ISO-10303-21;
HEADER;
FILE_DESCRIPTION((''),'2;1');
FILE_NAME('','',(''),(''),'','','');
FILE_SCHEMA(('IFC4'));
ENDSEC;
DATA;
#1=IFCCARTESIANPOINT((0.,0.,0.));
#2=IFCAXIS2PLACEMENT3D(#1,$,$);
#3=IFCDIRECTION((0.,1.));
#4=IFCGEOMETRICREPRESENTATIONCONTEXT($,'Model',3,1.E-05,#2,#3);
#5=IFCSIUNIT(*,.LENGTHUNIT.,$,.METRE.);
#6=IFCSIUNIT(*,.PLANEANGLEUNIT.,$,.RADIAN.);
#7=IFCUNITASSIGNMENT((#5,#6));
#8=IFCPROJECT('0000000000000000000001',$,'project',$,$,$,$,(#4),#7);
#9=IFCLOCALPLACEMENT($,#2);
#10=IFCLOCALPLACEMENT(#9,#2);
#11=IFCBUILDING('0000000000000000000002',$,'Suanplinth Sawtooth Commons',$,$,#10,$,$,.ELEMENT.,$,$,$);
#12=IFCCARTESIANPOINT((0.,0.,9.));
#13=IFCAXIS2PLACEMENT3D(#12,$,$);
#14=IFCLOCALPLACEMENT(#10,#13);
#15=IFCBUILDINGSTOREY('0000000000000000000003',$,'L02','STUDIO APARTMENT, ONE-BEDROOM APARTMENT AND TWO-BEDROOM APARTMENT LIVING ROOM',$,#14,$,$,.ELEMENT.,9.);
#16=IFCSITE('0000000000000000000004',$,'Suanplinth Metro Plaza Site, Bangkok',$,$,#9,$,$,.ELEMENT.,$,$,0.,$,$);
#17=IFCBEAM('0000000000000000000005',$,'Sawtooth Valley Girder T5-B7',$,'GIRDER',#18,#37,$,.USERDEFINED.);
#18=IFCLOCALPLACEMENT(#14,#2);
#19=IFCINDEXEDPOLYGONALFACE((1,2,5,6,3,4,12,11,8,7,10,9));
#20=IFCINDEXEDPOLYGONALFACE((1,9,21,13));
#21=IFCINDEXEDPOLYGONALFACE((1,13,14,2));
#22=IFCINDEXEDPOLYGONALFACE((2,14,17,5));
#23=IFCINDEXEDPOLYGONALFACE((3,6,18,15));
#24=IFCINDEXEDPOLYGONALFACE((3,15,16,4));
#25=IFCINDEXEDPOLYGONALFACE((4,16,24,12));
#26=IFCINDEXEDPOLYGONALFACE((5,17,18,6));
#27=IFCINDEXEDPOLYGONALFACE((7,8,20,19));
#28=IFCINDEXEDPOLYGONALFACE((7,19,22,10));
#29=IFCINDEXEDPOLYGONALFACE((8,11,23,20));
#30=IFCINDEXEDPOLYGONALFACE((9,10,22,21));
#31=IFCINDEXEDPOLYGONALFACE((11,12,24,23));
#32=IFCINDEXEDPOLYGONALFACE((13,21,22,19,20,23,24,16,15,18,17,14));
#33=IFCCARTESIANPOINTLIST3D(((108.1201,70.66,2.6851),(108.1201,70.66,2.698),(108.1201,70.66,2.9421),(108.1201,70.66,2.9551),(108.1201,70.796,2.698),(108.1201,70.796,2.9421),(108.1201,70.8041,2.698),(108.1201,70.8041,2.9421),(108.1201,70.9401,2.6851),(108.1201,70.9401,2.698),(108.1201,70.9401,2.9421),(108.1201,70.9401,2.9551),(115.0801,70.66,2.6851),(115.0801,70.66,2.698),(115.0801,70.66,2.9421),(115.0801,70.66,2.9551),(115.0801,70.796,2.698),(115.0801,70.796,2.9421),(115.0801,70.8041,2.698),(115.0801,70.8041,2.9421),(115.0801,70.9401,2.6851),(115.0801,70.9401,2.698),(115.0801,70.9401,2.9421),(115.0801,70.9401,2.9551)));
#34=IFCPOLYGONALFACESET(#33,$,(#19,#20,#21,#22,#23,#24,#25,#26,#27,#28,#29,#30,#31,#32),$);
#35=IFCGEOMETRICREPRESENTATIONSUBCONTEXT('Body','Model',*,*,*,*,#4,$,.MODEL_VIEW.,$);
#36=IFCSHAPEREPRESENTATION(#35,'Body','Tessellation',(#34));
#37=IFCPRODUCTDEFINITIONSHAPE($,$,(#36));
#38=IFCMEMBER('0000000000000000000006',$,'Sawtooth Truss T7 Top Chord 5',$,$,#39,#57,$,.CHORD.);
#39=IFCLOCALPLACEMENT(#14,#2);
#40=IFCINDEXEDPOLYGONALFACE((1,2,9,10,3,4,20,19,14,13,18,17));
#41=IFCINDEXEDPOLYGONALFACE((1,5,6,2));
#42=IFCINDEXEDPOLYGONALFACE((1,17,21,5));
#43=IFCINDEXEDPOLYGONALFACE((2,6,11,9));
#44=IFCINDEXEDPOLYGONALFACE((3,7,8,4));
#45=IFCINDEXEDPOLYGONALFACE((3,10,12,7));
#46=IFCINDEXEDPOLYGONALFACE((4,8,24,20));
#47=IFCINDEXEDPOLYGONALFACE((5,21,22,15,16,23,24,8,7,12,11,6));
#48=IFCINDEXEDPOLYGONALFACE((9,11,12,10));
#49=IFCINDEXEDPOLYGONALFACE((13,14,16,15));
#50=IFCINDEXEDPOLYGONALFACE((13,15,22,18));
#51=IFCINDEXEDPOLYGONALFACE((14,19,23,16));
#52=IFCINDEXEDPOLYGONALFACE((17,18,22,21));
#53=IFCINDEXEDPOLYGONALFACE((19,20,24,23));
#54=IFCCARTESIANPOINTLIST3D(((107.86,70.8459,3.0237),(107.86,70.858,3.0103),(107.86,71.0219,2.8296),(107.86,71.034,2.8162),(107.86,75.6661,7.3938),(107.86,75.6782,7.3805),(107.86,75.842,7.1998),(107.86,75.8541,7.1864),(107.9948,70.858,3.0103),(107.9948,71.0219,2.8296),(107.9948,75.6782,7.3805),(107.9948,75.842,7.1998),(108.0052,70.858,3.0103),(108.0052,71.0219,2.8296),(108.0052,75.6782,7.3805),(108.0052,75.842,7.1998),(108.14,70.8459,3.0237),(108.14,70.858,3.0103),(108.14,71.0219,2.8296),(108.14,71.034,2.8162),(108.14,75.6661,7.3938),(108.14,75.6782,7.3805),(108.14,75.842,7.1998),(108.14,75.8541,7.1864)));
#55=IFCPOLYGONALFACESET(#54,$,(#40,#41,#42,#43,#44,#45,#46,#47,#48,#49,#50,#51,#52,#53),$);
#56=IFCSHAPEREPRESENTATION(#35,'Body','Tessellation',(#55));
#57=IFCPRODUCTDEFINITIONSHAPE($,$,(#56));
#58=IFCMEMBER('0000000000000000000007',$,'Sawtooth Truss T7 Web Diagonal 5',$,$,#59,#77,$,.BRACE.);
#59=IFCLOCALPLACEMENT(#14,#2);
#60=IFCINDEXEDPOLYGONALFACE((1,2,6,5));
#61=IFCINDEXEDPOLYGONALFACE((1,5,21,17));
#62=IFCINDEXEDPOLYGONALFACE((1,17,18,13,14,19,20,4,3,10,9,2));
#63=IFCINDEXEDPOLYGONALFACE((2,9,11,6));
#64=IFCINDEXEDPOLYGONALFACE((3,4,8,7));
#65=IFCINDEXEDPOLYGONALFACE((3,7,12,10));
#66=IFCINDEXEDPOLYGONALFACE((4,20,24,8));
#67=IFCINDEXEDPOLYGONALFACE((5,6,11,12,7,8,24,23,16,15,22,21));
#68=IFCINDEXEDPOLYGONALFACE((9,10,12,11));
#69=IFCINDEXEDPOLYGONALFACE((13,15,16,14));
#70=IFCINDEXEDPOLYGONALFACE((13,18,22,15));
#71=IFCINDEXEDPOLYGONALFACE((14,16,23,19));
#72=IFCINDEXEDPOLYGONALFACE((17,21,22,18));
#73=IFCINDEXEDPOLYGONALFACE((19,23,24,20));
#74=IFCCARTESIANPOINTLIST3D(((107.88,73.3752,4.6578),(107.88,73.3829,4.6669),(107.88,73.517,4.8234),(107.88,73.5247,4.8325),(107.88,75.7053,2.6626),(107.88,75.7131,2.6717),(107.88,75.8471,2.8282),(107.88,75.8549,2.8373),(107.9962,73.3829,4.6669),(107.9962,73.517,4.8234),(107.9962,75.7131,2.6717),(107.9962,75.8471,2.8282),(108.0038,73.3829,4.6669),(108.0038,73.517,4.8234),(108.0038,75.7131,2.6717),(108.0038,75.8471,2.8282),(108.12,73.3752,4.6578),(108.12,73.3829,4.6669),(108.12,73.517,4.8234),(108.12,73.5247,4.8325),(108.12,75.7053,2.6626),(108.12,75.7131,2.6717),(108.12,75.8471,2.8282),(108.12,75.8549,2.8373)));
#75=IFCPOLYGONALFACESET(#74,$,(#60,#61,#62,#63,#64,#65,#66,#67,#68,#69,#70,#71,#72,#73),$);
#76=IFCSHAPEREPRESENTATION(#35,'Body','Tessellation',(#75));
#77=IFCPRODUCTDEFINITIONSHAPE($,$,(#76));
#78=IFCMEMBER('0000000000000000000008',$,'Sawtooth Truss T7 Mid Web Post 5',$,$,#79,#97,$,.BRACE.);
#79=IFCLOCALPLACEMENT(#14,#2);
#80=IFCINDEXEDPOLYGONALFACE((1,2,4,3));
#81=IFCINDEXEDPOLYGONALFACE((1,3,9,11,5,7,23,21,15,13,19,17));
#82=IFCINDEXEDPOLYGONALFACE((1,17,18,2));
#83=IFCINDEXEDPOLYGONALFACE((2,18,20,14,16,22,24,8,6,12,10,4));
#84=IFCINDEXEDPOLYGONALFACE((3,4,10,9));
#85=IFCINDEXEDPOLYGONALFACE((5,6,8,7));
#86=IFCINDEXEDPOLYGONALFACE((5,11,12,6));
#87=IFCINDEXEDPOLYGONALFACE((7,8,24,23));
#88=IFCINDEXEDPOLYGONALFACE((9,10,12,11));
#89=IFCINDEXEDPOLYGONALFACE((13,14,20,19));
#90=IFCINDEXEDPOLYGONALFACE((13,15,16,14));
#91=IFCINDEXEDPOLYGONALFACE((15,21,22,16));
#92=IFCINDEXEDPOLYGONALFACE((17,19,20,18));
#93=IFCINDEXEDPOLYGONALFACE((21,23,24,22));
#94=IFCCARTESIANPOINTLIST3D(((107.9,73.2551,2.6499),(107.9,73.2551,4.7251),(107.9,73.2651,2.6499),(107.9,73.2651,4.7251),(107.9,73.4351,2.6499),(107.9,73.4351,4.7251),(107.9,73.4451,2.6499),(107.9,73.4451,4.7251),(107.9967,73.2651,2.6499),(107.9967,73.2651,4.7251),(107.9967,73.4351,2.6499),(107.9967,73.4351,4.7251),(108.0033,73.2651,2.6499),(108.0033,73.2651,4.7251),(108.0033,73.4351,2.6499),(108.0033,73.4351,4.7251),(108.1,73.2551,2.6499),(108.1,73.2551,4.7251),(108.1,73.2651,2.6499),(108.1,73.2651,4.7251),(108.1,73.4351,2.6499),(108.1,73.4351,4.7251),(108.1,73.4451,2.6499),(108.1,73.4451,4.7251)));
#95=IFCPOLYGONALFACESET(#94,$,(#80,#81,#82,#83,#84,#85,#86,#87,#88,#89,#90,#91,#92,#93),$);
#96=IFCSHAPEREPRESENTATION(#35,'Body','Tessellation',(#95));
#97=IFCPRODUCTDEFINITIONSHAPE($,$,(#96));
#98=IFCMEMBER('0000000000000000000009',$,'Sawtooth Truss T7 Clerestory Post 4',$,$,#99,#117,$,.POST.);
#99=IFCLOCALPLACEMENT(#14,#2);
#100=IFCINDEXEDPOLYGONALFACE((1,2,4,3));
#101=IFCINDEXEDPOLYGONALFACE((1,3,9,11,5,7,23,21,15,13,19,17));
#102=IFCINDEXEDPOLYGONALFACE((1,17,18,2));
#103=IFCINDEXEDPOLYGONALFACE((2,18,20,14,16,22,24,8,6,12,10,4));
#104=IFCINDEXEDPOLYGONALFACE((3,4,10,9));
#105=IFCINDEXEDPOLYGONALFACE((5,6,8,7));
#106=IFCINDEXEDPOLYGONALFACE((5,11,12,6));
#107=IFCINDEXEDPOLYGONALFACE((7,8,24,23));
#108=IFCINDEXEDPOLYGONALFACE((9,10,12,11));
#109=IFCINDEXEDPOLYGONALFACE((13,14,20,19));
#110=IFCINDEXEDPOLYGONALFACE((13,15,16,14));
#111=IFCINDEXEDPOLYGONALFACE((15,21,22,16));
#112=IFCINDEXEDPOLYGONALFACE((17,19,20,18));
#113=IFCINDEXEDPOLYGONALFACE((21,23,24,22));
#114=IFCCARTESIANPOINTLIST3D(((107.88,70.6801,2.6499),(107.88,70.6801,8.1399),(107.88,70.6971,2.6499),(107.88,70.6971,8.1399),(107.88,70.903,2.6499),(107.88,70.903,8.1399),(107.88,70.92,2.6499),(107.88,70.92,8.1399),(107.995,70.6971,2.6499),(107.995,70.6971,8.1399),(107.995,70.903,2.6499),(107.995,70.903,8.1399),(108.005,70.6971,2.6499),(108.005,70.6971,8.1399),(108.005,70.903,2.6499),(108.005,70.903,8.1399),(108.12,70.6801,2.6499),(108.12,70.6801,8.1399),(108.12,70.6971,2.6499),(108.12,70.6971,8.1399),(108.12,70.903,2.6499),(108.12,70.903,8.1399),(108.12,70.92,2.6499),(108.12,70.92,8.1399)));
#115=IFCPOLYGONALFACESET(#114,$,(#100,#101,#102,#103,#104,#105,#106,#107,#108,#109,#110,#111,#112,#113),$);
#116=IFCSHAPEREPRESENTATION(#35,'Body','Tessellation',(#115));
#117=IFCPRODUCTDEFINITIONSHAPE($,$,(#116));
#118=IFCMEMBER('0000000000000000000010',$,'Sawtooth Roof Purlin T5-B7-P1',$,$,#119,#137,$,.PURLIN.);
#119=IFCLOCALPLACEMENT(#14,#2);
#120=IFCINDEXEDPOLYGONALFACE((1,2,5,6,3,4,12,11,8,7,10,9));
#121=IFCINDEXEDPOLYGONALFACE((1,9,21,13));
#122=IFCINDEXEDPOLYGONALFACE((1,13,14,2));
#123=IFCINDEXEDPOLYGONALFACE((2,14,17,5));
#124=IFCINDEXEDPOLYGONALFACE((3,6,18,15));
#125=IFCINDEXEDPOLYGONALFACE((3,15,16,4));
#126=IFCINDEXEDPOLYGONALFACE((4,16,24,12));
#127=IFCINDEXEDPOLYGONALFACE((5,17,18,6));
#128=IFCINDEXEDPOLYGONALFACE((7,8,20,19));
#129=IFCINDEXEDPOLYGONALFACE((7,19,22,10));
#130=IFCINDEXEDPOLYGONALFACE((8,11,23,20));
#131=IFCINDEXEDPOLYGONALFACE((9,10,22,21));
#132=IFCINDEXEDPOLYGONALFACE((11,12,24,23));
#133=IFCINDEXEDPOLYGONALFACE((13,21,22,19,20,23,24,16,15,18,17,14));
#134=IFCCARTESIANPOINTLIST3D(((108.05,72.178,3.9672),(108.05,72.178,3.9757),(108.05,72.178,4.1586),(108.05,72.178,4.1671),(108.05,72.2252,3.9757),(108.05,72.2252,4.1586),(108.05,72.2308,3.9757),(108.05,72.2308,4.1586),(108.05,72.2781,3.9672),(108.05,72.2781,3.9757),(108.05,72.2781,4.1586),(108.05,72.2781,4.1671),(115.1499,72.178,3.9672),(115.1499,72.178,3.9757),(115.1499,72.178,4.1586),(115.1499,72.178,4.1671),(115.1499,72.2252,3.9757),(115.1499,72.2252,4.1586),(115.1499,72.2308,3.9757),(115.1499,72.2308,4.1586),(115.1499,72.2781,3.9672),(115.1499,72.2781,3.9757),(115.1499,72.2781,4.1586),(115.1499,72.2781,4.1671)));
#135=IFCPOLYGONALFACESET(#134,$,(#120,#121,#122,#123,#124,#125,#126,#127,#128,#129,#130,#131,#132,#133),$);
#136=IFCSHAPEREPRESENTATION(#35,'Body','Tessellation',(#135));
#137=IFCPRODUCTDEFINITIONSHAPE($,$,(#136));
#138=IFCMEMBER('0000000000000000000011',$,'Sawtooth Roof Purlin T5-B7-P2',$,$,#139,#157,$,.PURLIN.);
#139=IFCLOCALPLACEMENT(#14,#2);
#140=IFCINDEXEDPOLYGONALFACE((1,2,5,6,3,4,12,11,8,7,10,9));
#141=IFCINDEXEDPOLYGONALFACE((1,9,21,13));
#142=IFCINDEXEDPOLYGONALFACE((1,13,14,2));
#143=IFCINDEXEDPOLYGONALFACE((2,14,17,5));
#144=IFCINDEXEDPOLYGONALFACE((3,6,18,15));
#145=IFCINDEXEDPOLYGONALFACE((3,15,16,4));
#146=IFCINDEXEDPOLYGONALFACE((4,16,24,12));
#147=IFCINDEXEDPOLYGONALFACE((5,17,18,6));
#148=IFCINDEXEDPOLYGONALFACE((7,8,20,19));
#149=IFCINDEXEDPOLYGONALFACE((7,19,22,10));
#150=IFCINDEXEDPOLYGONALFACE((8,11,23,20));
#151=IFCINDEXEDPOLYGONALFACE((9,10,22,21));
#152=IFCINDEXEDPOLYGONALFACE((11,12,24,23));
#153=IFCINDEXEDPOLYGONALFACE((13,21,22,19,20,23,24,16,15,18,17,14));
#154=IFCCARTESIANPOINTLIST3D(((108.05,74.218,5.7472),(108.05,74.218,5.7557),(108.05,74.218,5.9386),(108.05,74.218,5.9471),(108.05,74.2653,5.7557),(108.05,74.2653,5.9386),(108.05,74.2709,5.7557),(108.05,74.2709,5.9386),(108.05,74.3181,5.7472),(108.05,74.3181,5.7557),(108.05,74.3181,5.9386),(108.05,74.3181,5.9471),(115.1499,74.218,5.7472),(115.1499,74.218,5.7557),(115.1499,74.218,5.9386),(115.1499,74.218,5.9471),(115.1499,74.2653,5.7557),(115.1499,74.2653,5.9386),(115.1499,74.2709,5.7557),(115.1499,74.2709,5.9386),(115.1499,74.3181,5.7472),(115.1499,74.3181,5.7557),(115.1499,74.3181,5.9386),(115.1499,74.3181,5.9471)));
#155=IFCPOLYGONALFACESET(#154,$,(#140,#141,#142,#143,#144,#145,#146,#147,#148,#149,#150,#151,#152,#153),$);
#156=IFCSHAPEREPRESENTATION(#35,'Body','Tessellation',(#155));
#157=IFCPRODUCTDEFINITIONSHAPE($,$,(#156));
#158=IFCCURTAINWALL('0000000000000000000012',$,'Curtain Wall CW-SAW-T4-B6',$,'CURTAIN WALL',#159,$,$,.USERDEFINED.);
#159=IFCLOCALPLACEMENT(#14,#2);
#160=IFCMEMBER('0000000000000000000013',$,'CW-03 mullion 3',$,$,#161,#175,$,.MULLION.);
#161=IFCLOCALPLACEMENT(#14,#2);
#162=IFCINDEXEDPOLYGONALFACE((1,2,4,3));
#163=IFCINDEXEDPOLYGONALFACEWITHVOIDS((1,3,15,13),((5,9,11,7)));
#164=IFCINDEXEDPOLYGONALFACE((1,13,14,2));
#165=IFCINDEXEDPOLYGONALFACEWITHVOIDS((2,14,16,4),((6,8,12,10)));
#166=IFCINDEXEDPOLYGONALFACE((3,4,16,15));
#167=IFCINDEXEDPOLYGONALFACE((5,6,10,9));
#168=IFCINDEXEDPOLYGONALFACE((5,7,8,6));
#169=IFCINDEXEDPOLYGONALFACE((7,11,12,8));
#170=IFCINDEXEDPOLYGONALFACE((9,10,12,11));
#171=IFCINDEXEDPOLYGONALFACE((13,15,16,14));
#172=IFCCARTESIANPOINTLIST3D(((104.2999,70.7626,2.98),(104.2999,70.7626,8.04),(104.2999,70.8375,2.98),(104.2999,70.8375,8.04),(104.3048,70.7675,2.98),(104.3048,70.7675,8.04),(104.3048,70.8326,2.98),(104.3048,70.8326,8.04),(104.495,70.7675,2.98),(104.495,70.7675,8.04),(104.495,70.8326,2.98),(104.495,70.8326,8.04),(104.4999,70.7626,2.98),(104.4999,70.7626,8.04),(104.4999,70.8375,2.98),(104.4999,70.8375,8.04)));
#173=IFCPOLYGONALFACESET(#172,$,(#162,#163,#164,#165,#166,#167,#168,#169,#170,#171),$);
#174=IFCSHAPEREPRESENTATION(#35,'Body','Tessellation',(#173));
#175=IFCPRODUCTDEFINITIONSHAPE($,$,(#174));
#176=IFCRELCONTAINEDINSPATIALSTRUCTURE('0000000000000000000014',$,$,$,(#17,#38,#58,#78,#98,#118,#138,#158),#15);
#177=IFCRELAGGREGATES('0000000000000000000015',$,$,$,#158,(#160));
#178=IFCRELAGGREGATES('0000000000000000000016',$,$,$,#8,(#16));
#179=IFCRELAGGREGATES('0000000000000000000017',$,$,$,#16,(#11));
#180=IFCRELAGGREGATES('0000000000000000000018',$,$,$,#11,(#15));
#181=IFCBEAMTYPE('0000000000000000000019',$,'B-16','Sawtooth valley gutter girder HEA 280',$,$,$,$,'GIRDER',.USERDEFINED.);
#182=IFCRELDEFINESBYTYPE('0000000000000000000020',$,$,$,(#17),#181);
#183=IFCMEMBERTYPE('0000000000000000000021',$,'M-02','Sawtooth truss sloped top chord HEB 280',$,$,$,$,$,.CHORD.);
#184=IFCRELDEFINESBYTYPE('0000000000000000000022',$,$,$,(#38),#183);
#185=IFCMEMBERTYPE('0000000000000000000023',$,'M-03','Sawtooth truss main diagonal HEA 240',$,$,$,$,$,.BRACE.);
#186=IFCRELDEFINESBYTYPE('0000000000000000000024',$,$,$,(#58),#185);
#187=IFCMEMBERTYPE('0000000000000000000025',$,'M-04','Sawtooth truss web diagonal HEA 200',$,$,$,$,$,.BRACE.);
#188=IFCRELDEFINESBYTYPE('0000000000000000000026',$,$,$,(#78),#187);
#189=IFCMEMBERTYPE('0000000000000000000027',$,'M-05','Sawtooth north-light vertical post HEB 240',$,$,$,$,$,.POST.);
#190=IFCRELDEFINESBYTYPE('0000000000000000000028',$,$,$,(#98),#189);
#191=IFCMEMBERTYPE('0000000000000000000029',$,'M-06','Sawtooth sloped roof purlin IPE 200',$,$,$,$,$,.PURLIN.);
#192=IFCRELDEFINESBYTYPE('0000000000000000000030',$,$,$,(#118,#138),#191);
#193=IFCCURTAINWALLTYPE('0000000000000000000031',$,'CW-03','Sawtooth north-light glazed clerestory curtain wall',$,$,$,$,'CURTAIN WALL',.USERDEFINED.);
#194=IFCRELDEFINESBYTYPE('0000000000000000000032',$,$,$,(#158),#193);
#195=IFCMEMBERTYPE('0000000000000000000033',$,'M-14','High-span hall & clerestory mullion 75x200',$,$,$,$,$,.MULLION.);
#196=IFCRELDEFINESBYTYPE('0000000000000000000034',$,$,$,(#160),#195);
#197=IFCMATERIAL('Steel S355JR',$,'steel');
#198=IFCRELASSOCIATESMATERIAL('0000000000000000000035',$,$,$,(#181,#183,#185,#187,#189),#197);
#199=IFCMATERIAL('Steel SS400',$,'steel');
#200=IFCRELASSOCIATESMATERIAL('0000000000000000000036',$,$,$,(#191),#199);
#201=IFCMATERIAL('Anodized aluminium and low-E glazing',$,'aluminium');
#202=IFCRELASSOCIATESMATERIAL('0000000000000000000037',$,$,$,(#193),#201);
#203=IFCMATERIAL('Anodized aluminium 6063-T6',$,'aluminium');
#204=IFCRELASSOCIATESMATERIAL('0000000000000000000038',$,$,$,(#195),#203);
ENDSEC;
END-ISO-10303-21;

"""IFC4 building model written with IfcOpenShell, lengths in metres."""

from ifc_helpers import new_model, si_unit, direction, frame, origin, origin_2d, place, context, subcontext, project, spatial, hollow_rectangle, i_section, extrude, material, material_profile, profile_set, type_object, element, aggregate, save


model = new_model("IFC4")

# Units and contexts
model_context = context("Model", 3, precision=1e-05, world=origin(), true_north=direction((0.0, 1.0)))
body_context = subcontext(model_context, "Body", "Model", "MODEL_VIEW")
ifc_project = project(units=[si_unit("LENGTHUNIT", "METRE"), si_unit("PLANEANGLEUNIT", "RADIAN")], contexts=[model_context])

# Site, building, storey
site_placement = place(None, origin())
site = spatial("IfcSite", under=ifc_project, at=site_placement, Name="Suanplinth Metro Plaza Site, Bangkok", CompositionType="ELEMENT", RefElevation=0.0)
building_placement = place(site_placement, origin())
building = spatial("IfcBuilding", under=site, at=building_placement, Name="Suanplinth Sawtooth Commons", CompositionType="ELEMENT")
storey_placement = place(building_placement, frame((0.0, 0.0, 9.0)))
storey = spatial("IfcBuildingStorey", under=building, at=storey_placement, Name="L02", Description="STUDIO APARTMENT, ONE-BEDROOM APARTMENT AND TWO-BEDROOM APARTMENT LIVING ROOM", CompositionType="ELEMENT", Elevation=9.0)

# Beam
ifc_material_1 = material(Name="Steel S355JR", Category="steel")
ifc_material_profile_1 = material_profile(ifc_material_1, i_section(OverallWidth=0.28, OverallDepth=0.27, WebThickness=0.0081, FlangeThickness=0.0129, at=origin_2d()), Name="HEA 280")
ifc_profile_set_1 = profile_set([ifc_material_profile_1], Name="Steel S355JR")
beam_type = type_object("IfcBeamType", Name="B-16", Description="Sawtooth valley gutter girder HEA 280", ElementType="GIRDER", PredefinedType="USERDEFINED", material=ifc_profile_set_1)
beam_placement = place(storey_placement, frame((108.1201, 70.8, 2.8201), z_axis=(1.0, 0.0, 0.0), x_axis=(0.0, 1.0, 0.0)))
element("IfcBeam", 1, at=beam_placement, inside=storey, type_object=beam_type, Name="Sawtooth Valley Girder T5-B7", ObjectType="GIRDER", PredefinedType="USERDEFINED", context=body_context, shape_type="SweptSolid", body=[
    extrude(i_section(OverallWidth=0.28, OverallDepth=0.27, WebThickness=0.0081, FlangeThickness=0.0129, at=origin_2d()), origin(), (0.0, 0.0, 1.0), 6.96),
])

# Members
ifc_material_profile_2 = material_profile(ifc_material_1, i_section(OverallWidth=0.28, OverallDepth=0.28, WebThickness=0.0105, FlangeThickness=0.0181, at=origin_2d()), Name="HEB 280")
ifc_profile_set_2 = profile_set([ifc_material_profile_2], Name="Steel S355JR")
member_type_1 = type_object("IfcMemberType", Name="M-02", Description="Sawtooth truss sloped top chord HEB 280", PredefinedType="CHORD", material=ifc_profile_set_2)
member_1_placement = place(storey_placement, frame((108.0, 70.9399, 2.9199), z_axis=(0.0, 0.740839, 0.671682), x_axis=(-1.0, 0.0, 0.0)))
element("IfcMember", 2, at=member_1_placement, inside=storey, type_object=member_type_1, Name="Sawtooth Truss T7 Top Chord 5", PredefinedType="CHORD", context=body_context, shape_type="SweptSolid", body=[
    extrude(i_section(OverallWidth=0.28, OverallDepth=0.28, WebThickness=0.0105, FlangeThickness=0.0181, at=origin_2d()), origin(), (0.0, 0.0, 1.0), 6.5063),
])
ifc_material_profile_3 = material_profile(ifc_material_1, i_section(OverallWidth=0.24, OverallDepth=0.23, WebThickness=0.0076, FlangeThickness=0.012, at=origin_2d()), Name="HEA 240")
ifc_profile_set_3 = profile_set([ifc_material_profile_3], Name="Steel S355JR")
member_type_2 = type_object("IfcMemberType", Name="M-03", Description="Sawtooth truss main diagonal HEA 240", PredefinedType="BRACE", material=ifc_profile_set_3)
member_2_placement = place(storey_placement, frame((108.0, 73.45, 4.7451), z_axis=(0.0, 0.759594, -0.650398), x_axis=(-1.0, 0.0, 0.0)))
element("IfcMember", 3, at=member_2_placement, inside=storey, type_object=member_type_2, Name="Sawtooth Truss T7 Web Diagonal 5", PredefinedType="BRACE", context=body_context, shape_type="SweptSolid", body=[
    extrude(i_section(OverallWidth=0.24, OverallDepth=0.23, WebThickness=0.0076, FlangeThickness=0.012, at=origin_2d()), origin(), (0.0, 0.0, 1.0), 3.0676),
])
ifc_material_profile_4 = material_profile(ifc_material_1, i_section(OverallWidth=0.2, OverallDepth=0.1899, WebThickness=0.0066, FlangeThickness=0.01, at=origin_2d()), Name="HEA 200")
ifc_profile_set_4 = profile_set([ifc_material_profile_4], Name="Steel S355JR")
member_type_3 = type_object("IfcMemberType", Name="M-04", Description="Sawtooth truss web diagonal HEA 200", PredefinedType="BRACE", material=ifc_profile_set_4)
member_3_placement = place(storey_placement, frame((108.0, 73.3501, 2.6499), z_axis=(0.0, 0.0, 1.0), x_axis=(1.0, 0.0, 0.0)))
element("IfcMember", 4, at=member_3_placement, inside=storey, type_object=member_type_3, Name="Sawtooth Truss T7 Mid Web Post 5", PredefinedType="BRACE", context=body_context, shape_type="SweptSolid", body=[
    extrude(i_section(OverallWidth=0.2, OverallDepth=0.1899, WebThickness=0.0066, FlangeThickness=0.01, at=origin_2d()), origin(), (0.0, 0.0, 1.0), 2.0752),
])
ifc_material_profile_5 = material_profile(ifc_material_1, i_section(OverallWidth=0.24, OverallDepth=0.24, WebThickness=0.01, FlangeThickness=0.0171, at=origin_2d()), Name="HEB 240")
ifc_profile_set_5 = profile_set([ifc_material_profile_5], Name="Steel S355JR")
member_type_4 = type_object("IfcMemberType", Name="M-05", Description="Sawtooth north-light vertical post HEB 240", PredefinedType="POST", material=ifc_profile_set_5)
member_4_placement = place(storey_placement, frame((108.0, 70.8, 2.6499), z_axis=(0.0, 0.0, 1.0), x_axis=(1.0, 0.0, 0.0)))
element("IfcMember", 5, at=member_4_placement, inside=storey, type_object=member_type_4, Name="Sawtooth Truss T7 Clerestory Post 4", PredefinedType="POST", context=body_context, shape_type="SweptSolid", body=[
    extrude(i_section(OverallWidth=0.24, OverallDepth=0.24, WebThickness=0.01, FlangeThickness=0.0171, at=origin_2d()), origin(), (0.0, 0.0, 1.0), 5.49),
])
ifc_material_2 = material(Name="Steel SS400", Category="steel")
ifc_material_profile_6 = material_profile(ifc_material_2, i_section(OverallWidth=0.1001, OverallDepth=0.2, WebThickness=0.0056, FlangeThickness=0.0085, at=origin_2d()), Name="IPE 200")
ifc_profile_set_6 = profile_set([ifc_material_profile_6], Name="Steel SS400")
member_type_5 = type_object("IfcMemberType", Name="M-06", Description="Sawtooth sloped roof purlin IPE 200", PredefinedType="PURLIN", material=ifc_profile_set_6)
for number, where, z_axis, x_axis, name in (
    (6, (108.05, 72.228, 4.0671), (1.0, 0.0, 0.0), (0.0, 1.0, 0.0), "Sawtooth Roof Purlin T5-B7-P1"),
    (7, (108.05, 74.2681, 5.8472), (1.0, 0.0, 0.0), (0.0, 1.0, 0.0), "Sawtooth Roof Purlin T5-B7-P2"),
):
    element("IfcMember", number, at=place(storey_placement, frame(where, z_axis=z_axis, x_axis=x_axis)), inside=storey, type_object=member_type_5, Name=name, PredefinedType="PURLIN", context=body_context, shape_type="SweptSolid", body=[
        extrude(i_section(OverallWidth=0.1001, OverallDepth=0.2, WebThickness=0.0056, FlangeThickness=0.0085, at=origin_2d()), origin(), (0.0, 0.0, 1.0), 7.0999),
    ])

# Curtain wall, member
ifc_material_3 = material(Name="Anodized aluminium and low-E glazing", Category="aluminium")
curtain_wall_type = type_object("IfcCurtainWallType", Name="CW-03", Description="Sawtooth north-light glazed clerestory curtain wall", ElementType="CURTAIN WALL", PredefinedType="USERDEFINED", material=ifc_material_3)
curtain_wall_1_placement = place(storey_placement, origin())
curtain_wall_1 = element("IfcCurtainWall", 8, at=curtain_wall_1_placement, inside=storey, type_object=curtain_wall_type, Name="Curtain Wall CW-SAW-T4-B6", ObjectType="CURTAIN WALL", PredefinedType="USERDEFINED")
ifc_material_4 = material(Name="Anodized aluminium 6063-T6", Category="aluminium")
ifc_material_profile_7 = material_profile(ifc_material_4, hollow_rectangle(XDim=0.075, YDim=0.2, WallThickness=0.0049, at=origin_2d()), Name="ALU-MUL 75x200")
ifc_profile_set_7 = profile_set([ifc_material_profile_7], Name="Anodized aluminium 6063-T6")
member_type_6 = type_object("IfcMemberType", Name="M-14", Description="High-span hall & clerestory mullion 75x200", PredefinedType="MULLION", material=ifc_profile_set_7)
member_5_placement = place(storey_placement, frame((104.3999, 70.8, 2.98), z_axis=(0.0, 0.0, 1.0), x_axis=(0.0, 1.0, 0.0)))
member_5 = element("IfcMember", 9, at=member_5_placement, type_object=member_type_6, Name="CW-03 mullion 3", PredefinedType="MULLION", context=body_context, shape_type="SweptSolid", body=[
    extrude(hollow_rectangle(XDim=0.075, YDim=0.2, WallThickness=0.0049, at=origin_2d()), origin(), (0.0, 0.0, 1.0), 5.0601),
])

aggregate(curtain_wall_1, [member_5])

save(model, "model.ifc")
